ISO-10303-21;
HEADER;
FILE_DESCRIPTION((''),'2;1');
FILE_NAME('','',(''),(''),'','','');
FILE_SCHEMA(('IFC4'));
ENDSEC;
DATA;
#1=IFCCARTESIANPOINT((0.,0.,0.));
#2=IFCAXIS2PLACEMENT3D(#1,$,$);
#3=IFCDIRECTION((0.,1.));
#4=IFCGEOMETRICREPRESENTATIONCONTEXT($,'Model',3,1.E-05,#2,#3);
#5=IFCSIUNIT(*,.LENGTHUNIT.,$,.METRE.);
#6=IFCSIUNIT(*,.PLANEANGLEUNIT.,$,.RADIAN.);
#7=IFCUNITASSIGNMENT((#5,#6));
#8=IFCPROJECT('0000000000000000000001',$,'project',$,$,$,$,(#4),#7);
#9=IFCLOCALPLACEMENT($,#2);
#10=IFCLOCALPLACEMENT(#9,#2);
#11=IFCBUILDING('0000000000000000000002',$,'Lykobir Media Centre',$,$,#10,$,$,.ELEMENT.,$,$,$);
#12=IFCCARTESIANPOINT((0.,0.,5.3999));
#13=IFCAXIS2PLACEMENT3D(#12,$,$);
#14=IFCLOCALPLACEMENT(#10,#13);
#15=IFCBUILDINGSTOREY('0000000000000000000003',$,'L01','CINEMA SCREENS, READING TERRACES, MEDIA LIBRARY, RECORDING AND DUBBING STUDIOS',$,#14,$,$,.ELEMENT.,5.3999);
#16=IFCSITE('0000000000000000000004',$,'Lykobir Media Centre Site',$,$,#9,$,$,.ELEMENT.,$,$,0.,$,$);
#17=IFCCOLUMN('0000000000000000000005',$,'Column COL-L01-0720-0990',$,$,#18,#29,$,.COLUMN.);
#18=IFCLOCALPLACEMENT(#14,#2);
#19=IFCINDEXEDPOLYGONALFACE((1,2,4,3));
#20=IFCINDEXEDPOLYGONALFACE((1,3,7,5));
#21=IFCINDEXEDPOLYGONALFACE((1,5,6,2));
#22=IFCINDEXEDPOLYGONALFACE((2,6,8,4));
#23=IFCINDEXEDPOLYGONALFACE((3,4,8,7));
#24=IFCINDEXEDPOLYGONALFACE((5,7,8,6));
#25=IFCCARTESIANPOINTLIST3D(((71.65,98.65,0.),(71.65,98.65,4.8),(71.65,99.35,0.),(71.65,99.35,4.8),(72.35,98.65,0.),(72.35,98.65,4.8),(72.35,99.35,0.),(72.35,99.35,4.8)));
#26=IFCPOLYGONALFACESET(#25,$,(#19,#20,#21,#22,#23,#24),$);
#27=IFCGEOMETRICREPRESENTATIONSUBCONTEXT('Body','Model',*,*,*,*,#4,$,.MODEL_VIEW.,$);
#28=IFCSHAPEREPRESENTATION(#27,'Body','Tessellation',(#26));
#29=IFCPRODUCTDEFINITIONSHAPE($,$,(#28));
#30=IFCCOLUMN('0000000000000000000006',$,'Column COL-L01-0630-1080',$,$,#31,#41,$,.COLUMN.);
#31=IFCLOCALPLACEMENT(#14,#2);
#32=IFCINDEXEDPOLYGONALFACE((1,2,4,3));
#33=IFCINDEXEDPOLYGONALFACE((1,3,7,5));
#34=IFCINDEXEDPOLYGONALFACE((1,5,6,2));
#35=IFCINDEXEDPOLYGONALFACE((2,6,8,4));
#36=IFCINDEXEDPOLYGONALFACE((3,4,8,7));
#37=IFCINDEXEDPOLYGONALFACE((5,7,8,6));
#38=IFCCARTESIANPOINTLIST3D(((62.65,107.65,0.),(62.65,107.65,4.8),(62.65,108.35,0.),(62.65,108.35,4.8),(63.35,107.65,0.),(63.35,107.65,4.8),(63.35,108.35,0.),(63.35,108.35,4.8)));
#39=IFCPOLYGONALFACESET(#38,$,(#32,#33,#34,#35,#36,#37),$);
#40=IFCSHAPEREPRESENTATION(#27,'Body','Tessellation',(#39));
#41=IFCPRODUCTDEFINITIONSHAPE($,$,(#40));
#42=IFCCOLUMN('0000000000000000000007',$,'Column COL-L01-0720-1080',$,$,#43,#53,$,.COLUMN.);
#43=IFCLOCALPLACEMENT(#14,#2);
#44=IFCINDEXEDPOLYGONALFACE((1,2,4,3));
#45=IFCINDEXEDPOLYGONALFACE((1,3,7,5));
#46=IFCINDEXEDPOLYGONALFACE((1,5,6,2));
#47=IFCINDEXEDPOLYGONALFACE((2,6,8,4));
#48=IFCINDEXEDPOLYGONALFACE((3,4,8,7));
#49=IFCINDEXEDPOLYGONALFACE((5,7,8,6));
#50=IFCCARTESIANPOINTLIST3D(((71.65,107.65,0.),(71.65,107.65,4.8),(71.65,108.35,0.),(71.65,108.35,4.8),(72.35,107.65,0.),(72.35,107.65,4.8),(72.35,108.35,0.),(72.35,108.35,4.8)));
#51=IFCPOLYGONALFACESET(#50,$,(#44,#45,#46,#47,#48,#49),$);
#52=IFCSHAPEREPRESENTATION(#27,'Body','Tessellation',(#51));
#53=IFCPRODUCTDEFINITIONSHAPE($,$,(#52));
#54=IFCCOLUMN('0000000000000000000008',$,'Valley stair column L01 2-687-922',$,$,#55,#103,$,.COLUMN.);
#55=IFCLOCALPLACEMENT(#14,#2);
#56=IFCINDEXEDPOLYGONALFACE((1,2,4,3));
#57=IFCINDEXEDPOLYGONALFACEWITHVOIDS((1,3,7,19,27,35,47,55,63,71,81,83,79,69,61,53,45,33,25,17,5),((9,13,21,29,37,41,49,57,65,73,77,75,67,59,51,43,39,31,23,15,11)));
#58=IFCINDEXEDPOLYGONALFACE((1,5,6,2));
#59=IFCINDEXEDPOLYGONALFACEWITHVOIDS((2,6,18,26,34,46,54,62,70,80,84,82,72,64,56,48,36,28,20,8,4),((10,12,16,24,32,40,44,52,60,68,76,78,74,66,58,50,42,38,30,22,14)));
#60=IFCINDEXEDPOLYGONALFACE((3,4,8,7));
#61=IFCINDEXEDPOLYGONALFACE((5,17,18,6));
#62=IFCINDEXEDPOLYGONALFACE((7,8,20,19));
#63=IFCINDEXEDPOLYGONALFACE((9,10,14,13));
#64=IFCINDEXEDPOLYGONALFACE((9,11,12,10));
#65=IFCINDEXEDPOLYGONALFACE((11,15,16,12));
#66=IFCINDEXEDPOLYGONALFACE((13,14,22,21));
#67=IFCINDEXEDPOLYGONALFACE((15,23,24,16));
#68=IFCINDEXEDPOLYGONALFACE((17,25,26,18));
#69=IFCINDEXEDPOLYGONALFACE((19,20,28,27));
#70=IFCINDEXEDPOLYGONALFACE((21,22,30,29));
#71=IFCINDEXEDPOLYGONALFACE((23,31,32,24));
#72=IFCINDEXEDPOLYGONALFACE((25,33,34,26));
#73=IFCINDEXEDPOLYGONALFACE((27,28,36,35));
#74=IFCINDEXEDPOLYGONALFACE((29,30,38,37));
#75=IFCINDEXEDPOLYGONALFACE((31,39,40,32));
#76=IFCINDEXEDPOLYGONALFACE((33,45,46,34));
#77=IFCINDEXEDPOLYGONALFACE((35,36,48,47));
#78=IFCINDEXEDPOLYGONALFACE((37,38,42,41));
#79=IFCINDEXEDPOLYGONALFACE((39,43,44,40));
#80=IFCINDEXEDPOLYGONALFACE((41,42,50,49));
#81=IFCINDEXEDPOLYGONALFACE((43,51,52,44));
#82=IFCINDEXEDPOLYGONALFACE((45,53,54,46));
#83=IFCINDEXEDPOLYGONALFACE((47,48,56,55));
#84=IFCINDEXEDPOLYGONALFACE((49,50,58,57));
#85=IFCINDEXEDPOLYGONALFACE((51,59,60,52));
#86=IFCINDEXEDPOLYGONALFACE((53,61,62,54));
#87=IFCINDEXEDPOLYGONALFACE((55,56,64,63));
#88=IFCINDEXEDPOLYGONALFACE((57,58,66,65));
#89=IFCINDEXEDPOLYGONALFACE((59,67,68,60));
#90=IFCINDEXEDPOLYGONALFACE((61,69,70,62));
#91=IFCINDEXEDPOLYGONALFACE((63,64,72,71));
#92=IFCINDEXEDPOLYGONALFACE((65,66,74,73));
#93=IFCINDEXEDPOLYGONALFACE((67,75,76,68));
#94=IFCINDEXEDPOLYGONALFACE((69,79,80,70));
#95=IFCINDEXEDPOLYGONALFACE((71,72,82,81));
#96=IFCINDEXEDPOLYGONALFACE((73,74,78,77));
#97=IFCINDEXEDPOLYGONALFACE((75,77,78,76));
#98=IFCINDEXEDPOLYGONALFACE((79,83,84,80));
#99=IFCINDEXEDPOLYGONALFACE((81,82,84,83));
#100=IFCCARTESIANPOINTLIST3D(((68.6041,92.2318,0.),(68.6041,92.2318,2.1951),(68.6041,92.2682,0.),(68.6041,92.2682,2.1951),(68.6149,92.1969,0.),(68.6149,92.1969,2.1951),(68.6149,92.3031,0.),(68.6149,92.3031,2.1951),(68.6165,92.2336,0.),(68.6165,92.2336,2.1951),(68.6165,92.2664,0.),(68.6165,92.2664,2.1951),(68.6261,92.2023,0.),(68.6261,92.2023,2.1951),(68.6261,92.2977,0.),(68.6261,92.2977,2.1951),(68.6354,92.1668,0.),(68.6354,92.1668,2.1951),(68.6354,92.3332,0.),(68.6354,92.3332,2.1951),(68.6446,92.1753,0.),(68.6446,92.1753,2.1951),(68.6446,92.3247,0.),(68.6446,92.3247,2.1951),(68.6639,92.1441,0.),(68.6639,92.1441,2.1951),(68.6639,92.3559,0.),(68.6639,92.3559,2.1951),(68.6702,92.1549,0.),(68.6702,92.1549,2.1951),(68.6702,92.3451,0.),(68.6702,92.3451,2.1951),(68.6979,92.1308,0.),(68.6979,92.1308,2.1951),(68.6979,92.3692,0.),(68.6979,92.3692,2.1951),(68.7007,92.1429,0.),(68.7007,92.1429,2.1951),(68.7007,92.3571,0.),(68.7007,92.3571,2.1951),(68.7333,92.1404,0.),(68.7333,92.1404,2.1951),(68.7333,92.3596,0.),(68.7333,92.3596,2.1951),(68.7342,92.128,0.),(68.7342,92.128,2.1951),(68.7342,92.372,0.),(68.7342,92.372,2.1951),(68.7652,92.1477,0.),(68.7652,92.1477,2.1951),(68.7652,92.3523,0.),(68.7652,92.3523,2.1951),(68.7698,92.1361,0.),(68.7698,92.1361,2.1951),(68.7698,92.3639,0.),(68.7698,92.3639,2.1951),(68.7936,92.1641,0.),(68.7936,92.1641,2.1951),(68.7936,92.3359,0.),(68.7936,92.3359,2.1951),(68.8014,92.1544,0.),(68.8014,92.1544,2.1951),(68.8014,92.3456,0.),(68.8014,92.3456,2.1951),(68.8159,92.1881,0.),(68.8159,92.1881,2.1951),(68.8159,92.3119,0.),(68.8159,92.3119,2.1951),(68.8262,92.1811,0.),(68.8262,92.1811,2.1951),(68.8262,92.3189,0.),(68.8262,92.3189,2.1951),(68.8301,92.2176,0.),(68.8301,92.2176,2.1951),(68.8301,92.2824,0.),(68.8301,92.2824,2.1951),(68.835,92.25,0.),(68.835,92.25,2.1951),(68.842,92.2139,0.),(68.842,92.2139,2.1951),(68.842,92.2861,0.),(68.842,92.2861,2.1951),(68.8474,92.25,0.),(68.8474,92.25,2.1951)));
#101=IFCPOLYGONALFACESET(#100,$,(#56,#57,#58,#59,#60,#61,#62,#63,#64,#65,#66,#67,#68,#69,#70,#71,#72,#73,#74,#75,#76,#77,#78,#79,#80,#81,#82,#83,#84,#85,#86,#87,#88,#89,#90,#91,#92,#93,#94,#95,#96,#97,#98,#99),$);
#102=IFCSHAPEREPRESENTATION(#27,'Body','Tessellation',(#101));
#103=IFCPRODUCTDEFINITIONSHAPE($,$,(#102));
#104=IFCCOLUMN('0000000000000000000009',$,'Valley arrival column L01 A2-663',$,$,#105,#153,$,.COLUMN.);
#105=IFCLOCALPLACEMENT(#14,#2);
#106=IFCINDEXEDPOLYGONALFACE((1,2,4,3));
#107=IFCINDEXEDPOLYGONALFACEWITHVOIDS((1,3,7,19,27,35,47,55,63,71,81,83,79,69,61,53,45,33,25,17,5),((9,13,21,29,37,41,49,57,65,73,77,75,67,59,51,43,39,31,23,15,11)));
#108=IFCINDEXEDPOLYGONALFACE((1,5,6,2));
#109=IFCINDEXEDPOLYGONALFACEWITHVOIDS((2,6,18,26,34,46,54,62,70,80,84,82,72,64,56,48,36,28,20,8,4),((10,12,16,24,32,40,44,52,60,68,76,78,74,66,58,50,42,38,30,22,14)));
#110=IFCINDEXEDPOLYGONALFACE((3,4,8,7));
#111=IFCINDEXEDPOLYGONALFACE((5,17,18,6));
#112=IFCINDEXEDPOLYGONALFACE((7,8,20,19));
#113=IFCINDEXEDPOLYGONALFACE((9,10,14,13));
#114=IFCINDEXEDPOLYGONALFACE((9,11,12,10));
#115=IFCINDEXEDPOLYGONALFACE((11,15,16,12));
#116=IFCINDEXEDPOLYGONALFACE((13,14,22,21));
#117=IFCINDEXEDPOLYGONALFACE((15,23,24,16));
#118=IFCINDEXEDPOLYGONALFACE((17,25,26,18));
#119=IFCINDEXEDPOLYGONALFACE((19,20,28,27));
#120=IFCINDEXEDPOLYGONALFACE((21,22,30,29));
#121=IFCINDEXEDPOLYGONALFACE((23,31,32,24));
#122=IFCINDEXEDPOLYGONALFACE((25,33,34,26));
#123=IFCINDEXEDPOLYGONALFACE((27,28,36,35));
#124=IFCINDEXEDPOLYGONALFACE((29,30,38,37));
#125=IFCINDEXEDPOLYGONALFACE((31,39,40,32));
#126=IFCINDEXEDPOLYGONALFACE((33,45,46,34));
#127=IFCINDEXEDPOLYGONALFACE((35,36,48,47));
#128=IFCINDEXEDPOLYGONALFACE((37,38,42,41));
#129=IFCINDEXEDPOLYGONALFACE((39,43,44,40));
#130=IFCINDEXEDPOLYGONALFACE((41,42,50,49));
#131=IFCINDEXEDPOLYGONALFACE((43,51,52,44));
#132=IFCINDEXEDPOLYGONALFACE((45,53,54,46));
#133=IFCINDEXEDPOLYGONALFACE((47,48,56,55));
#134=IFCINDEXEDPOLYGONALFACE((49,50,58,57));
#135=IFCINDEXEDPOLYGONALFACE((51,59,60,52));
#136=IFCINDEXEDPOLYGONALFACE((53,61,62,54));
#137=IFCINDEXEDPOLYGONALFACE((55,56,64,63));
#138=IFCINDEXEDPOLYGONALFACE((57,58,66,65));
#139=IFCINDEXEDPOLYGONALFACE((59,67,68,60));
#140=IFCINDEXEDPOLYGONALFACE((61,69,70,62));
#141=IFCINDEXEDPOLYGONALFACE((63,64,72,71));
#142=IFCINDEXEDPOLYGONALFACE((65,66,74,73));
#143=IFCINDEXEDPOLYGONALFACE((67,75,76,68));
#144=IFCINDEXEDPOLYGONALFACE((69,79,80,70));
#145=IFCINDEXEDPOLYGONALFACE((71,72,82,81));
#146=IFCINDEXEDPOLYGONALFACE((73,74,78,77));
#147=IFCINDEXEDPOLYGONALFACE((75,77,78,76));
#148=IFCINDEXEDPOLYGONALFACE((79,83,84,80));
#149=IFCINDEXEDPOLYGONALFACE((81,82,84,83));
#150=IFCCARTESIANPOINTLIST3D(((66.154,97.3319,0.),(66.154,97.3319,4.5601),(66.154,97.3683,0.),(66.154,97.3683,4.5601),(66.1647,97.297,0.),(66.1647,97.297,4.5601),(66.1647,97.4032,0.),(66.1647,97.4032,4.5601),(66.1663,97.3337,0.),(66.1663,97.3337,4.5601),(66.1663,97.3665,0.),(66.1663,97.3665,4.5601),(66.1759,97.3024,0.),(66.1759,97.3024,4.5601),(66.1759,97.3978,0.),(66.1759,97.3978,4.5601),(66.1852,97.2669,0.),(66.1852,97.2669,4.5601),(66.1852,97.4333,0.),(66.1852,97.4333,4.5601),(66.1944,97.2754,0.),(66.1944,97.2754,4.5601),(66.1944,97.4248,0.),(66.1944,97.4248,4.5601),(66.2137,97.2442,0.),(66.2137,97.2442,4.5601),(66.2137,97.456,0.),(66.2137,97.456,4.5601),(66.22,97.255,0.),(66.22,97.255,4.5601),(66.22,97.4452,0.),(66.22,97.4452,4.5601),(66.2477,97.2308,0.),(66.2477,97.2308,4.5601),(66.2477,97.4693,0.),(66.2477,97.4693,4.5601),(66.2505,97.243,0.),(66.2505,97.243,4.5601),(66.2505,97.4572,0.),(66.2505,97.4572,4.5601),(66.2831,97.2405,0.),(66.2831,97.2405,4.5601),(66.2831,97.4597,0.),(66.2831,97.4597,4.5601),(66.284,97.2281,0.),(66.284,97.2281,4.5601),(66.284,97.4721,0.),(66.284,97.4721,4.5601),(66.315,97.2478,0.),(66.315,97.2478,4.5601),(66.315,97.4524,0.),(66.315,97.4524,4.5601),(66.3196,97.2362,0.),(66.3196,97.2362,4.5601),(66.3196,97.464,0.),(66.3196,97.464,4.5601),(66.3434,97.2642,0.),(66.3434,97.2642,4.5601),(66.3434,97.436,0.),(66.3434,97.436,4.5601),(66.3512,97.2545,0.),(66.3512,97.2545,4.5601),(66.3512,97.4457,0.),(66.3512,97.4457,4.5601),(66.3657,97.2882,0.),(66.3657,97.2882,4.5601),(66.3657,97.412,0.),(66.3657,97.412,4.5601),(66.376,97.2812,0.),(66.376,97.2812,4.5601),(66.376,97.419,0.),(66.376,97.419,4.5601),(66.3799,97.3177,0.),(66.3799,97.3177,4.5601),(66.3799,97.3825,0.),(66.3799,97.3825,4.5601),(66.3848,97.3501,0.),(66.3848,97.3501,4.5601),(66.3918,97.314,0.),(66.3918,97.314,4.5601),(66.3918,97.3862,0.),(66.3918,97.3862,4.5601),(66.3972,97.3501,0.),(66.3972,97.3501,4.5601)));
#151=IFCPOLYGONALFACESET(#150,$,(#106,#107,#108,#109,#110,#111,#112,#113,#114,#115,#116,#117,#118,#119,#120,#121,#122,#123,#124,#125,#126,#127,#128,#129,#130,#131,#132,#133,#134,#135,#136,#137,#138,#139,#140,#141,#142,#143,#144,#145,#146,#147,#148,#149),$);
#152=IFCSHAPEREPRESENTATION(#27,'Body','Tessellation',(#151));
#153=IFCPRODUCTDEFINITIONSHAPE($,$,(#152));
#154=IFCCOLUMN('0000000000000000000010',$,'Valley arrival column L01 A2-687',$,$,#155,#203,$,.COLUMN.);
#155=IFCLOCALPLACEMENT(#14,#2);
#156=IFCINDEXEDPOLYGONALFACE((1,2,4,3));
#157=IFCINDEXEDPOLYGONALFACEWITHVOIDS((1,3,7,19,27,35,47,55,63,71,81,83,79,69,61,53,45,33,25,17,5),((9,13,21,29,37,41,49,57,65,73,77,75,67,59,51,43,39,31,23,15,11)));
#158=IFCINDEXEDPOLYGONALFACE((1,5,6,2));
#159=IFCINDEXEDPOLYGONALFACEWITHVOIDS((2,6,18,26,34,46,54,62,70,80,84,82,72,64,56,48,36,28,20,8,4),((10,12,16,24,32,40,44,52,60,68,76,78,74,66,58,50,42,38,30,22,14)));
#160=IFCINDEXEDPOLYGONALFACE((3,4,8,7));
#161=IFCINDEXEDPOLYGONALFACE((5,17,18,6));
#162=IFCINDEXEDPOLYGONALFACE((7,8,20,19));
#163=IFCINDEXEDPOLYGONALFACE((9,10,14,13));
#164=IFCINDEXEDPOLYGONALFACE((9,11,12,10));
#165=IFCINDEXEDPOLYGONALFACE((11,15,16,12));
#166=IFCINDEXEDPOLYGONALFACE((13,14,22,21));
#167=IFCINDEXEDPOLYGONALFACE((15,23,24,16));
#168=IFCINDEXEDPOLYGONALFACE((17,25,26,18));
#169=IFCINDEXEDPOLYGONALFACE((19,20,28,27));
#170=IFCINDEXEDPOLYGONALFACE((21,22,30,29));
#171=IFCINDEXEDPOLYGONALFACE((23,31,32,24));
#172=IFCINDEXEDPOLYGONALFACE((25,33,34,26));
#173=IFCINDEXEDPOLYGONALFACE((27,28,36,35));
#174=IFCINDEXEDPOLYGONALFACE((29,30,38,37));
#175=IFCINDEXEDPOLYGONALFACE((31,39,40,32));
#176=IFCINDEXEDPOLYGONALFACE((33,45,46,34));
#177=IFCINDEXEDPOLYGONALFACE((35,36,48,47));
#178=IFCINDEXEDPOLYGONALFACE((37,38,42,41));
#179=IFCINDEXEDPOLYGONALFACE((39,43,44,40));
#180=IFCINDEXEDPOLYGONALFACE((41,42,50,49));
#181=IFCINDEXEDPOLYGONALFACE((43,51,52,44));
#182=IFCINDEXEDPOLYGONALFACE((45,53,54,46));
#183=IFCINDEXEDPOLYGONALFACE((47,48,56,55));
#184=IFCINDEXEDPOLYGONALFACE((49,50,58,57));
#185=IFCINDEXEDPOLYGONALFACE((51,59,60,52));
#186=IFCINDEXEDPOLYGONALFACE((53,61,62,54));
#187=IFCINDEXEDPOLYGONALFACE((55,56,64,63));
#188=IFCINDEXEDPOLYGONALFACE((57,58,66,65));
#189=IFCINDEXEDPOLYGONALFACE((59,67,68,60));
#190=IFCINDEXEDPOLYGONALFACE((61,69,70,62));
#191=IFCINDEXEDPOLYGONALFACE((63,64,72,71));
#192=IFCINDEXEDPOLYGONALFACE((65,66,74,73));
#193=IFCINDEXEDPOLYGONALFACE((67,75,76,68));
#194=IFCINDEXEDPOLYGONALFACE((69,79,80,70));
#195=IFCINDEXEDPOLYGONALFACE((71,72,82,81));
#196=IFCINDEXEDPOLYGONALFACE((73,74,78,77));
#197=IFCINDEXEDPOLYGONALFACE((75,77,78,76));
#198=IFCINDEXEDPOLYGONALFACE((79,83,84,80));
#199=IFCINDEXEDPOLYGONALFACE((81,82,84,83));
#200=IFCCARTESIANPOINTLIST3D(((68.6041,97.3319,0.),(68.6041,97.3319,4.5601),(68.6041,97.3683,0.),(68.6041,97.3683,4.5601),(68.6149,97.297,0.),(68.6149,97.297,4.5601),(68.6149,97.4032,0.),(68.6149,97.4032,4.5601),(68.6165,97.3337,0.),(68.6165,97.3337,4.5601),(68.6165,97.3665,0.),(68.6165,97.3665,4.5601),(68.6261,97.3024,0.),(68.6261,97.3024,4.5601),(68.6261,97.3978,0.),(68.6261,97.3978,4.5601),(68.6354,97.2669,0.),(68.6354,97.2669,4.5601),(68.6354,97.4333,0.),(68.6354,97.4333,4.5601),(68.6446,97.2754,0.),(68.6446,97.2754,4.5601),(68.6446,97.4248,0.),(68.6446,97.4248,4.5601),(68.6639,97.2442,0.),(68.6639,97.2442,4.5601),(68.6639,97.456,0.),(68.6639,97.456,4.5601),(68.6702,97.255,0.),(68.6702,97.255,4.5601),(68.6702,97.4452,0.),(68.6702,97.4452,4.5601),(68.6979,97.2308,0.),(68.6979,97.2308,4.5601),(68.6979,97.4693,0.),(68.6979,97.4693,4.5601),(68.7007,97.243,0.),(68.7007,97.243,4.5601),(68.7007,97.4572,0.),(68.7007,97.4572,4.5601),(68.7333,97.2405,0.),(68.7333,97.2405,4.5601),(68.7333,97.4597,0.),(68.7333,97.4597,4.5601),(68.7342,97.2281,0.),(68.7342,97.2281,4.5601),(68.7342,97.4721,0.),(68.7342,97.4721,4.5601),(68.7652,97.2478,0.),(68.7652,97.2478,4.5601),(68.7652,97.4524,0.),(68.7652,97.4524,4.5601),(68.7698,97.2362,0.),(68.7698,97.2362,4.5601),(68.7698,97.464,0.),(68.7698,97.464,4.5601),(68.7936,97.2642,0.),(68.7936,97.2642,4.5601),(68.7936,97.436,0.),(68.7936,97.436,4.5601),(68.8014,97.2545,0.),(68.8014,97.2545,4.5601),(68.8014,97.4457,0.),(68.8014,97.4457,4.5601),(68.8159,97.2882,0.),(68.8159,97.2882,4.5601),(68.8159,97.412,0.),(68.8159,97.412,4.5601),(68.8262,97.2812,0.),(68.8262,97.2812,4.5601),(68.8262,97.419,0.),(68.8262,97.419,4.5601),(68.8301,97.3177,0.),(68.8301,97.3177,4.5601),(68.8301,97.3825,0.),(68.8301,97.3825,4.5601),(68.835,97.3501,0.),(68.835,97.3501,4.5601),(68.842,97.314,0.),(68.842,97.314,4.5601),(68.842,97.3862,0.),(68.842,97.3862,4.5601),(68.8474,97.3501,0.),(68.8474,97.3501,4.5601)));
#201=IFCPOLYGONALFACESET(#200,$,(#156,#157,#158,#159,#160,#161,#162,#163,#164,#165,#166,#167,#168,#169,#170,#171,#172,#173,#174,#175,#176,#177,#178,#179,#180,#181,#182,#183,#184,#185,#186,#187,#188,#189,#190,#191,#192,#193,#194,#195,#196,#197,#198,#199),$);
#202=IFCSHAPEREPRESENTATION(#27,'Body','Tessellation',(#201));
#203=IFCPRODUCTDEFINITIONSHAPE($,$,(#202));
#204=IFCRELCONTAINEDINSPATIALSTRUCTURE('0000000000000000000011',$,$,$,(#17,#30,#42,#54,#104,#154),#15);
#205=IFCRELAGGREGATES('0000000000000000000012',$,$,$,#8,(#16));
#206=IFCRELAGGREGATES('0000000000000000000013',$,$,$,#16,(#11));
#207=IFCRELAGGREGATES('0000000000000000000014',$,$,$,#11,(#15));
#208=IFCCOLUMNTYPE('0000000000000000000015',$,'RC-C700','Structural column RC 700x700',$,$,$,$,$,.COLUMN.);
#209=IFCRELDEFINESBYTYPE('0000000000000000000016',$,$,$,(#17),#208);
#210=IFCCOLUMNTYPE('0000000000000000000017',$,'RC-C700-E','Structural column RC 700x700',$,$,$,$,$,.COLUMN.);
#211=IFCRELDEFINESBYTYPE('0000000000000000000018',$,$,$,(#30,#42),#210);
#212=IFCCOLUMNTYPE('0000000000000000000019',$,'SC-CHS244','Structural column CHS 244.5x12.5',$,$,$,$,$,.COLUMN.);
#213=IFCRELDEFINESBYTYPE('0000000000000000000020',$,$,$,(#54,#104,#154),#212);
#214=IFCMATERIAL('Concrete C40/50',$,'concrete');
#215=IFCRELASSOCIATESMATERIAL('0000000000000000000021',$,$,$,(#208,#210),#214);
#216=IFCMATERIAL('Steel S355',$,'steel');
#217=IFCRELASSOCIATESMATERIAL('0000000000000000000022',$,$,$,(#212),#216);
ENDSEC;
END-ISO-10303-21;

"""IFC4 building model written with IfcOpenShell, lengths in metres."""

from ifc_helpers import new_model, si_unit, direction, frame, origin, origin_2d, place, context, subcontext, project, spatial, rectangle, hollow_circle, extrude, material, material_profile, profile_set, type_object, element, save


model = new_model("IFC4")

# Units and contexts
model_context = context("Model", 3, precision=1e-05, world=origin(), true_north=direction((0.0, 1.0)))
body_context = subcontext(model_context, "Body", "Model", "MODEL_VIEW")
ifc_project = project(units=[si_unit("LENGTHUNIT", "METRE"), si_unit("PLANEANGLEUNIT", "RADIAN")], contexts=[model_context])

# Site, building, storey
site_placement = place(None, origin())
site = spatial("IfcSite", under=ifc_project, at=site_placement, Name="Lykobir Media Centre Site", CompositionType="ELEMENT", RefElevation=0.0)
building_placement = place(site_placement, origin())
building = spatial("IfcBuilding", under=site, at=building_placement, Name="Lykobir Media Centre", CompositionType="ELEMENT")
storey_placement = place(building_placement, frame((0.0, 0.0, 5.3999)))
storey = spatial("IfcBuildingStorey", under=building, at=storey_placement, Name="L01", Description="CINEMA SCREENS, READING TERRACES, MEDIA LIBRARY, RECORDING AND DUBBING STUDIOS", CompositionType="ELEMENT", Elevation=5.3999)

# Columns
ifc_material_1 = material(Name="Concrete C40/50", Category="concrete")
ifc_material_profile_1 = material_profile(ifc_material_1, rectangle(XDim=0.7, YDim=0.7, at=origin_2d()), Name="RC 700x700")
ifc_profile_set_1 = profile_set([ifc_material_profile_1], Name="Concrete C40/50")
column_type_1 = type_object("IfcColumnType", Name="RC-C700", Description="Structural column RC 700x700", PredefinedType="COLUMN", material=ifc_profile_set_1)
column_1_placement = place(storey_placement, frame((72.0, 99.0, 0.0), z_axis=(0.0, 0.0, 1.0), x_axis=(1.0, 0.0, 0.0)))
element("IfcColumn", 1, at=column_1_placement, inside=storey, type_object=column_type_1, Name="Column COL-L01-0720-0990", PredefinedType="COLUMN", context=body_context, shape_type="SweptSolid", body=[
    extrude(rectangle(XDim=0.7, YDim=0.7, at=origin_2d()), origin(), (0.0, 0.0, 1.0), 4.8),
])
ifc_material_profile_2 = material_profile(ifc_material_1, rectangle(XDim=0.7, YDim=0.7, at=origin_2d()), Name="RC 700x700")
ifc_profile_set_2 = profile_set([ifc_material_profile_2], Name="Concrete C40/50")
column_type_2 = type_object("IfcColumnType", Name="RC-C700-E", Description="Structural column RC 700x700", PredefinedType="COLUMN", material=ifc_profile_set_2)
for number, where, z_axis, x_axis, name in (
    (2, (63.0, 108.0, 0.0), (0.0, 0.0, 1.0), (1.0, 0.0, 0.0), "Column COL-L01-0630-1080"),
    (3, (72.0, 108.0, 0.0), (0.0, 0.0, 1.0), (1.0, 0.0, 0.0), "Column COL-L01-0720-1080"),
):
    element("IfcColumn", number, at=place(storey_placement, frame(where, z_axis=z_axis, x_axis=x_axis)), inside=storey, type_object=column_type_2, Name=name, PredefinedType="COLUMN", context=body_context, shape_type="SweptSolid", body=[
        extrude(rectangle(XDim=0.7, YDim=0.7, at=origin_2d()), origin(), (0.0, 0.0, 1.0), 4.8),
    ])
ifc_material_2 = material(Name="Steel S355", Category="steel")
ifc_material_profile_3 = material_profile(ifc_material_2, hollow_circle(Radius=0.1223, WallThickness=0.0125, at=origin_2d()), Name="CHS 244.5x12.5")
ifc_profile_set_3 = profile_set([ifc_material_profile_3], Name="Steel S355")
column_type_3 = type_object("IfcColumnType", Name="SC-CHS244", Description="Structural column CHS 244.5x12.5", PredefinedType="COLUMN", material=ifc_profile_set_3)
column_2_placement = place(storey_placement, frame((68.7251, 92.25, 0.0), z_axis=(0.0, 0.0, 1.0), x_axis=(1.0, 0.0, 0.0)))
element("IfcColumn", 4, at=column_2_placement, inside=storey, type_object=column_type_3, Name="Valley stair column L01 2-687-922", PredefinedType="COLUMN", context=body_context, shape_type="SweptSolid", body=[
    extrude(hollow_circle(Radius=0.1223, WallThickness=0.0125, at=origin_2d()), origin(), (0.0, 0.0, 1.0), 2.1951),
])
for number, where, z_axis, x_axis, name in (
    (5, (66.2749, 97.3501, 0.0), (0.0, 0.0, 1.0), (1.0, 0.0, 0.0), "Valley arrival column L01 A2-663"),
    (6, (68.7251, 97.3501, 0.0), (0.0, 0.0, 1.0), (1.0, 0.0, 0.0), "Valley arrival column L01 A2-687"),
):
    element("IfcColumn", number, at=place(storey_placement, frame(where, z_axis=z_axis, x_axis=x_axis)), inside=storey, type_object=column_type_3, Name=name, PredefinedType="COLUMN", context=body_context, shape_type="SweptSolid", body=[
        extrude(hollow_circle(Radius=0.1223, WallThickness=0.0125, at=origin_2d()), origin(), (0.0, 0.0, 1.0), 4.5601),
    ])

save(model, "model.ifc")
